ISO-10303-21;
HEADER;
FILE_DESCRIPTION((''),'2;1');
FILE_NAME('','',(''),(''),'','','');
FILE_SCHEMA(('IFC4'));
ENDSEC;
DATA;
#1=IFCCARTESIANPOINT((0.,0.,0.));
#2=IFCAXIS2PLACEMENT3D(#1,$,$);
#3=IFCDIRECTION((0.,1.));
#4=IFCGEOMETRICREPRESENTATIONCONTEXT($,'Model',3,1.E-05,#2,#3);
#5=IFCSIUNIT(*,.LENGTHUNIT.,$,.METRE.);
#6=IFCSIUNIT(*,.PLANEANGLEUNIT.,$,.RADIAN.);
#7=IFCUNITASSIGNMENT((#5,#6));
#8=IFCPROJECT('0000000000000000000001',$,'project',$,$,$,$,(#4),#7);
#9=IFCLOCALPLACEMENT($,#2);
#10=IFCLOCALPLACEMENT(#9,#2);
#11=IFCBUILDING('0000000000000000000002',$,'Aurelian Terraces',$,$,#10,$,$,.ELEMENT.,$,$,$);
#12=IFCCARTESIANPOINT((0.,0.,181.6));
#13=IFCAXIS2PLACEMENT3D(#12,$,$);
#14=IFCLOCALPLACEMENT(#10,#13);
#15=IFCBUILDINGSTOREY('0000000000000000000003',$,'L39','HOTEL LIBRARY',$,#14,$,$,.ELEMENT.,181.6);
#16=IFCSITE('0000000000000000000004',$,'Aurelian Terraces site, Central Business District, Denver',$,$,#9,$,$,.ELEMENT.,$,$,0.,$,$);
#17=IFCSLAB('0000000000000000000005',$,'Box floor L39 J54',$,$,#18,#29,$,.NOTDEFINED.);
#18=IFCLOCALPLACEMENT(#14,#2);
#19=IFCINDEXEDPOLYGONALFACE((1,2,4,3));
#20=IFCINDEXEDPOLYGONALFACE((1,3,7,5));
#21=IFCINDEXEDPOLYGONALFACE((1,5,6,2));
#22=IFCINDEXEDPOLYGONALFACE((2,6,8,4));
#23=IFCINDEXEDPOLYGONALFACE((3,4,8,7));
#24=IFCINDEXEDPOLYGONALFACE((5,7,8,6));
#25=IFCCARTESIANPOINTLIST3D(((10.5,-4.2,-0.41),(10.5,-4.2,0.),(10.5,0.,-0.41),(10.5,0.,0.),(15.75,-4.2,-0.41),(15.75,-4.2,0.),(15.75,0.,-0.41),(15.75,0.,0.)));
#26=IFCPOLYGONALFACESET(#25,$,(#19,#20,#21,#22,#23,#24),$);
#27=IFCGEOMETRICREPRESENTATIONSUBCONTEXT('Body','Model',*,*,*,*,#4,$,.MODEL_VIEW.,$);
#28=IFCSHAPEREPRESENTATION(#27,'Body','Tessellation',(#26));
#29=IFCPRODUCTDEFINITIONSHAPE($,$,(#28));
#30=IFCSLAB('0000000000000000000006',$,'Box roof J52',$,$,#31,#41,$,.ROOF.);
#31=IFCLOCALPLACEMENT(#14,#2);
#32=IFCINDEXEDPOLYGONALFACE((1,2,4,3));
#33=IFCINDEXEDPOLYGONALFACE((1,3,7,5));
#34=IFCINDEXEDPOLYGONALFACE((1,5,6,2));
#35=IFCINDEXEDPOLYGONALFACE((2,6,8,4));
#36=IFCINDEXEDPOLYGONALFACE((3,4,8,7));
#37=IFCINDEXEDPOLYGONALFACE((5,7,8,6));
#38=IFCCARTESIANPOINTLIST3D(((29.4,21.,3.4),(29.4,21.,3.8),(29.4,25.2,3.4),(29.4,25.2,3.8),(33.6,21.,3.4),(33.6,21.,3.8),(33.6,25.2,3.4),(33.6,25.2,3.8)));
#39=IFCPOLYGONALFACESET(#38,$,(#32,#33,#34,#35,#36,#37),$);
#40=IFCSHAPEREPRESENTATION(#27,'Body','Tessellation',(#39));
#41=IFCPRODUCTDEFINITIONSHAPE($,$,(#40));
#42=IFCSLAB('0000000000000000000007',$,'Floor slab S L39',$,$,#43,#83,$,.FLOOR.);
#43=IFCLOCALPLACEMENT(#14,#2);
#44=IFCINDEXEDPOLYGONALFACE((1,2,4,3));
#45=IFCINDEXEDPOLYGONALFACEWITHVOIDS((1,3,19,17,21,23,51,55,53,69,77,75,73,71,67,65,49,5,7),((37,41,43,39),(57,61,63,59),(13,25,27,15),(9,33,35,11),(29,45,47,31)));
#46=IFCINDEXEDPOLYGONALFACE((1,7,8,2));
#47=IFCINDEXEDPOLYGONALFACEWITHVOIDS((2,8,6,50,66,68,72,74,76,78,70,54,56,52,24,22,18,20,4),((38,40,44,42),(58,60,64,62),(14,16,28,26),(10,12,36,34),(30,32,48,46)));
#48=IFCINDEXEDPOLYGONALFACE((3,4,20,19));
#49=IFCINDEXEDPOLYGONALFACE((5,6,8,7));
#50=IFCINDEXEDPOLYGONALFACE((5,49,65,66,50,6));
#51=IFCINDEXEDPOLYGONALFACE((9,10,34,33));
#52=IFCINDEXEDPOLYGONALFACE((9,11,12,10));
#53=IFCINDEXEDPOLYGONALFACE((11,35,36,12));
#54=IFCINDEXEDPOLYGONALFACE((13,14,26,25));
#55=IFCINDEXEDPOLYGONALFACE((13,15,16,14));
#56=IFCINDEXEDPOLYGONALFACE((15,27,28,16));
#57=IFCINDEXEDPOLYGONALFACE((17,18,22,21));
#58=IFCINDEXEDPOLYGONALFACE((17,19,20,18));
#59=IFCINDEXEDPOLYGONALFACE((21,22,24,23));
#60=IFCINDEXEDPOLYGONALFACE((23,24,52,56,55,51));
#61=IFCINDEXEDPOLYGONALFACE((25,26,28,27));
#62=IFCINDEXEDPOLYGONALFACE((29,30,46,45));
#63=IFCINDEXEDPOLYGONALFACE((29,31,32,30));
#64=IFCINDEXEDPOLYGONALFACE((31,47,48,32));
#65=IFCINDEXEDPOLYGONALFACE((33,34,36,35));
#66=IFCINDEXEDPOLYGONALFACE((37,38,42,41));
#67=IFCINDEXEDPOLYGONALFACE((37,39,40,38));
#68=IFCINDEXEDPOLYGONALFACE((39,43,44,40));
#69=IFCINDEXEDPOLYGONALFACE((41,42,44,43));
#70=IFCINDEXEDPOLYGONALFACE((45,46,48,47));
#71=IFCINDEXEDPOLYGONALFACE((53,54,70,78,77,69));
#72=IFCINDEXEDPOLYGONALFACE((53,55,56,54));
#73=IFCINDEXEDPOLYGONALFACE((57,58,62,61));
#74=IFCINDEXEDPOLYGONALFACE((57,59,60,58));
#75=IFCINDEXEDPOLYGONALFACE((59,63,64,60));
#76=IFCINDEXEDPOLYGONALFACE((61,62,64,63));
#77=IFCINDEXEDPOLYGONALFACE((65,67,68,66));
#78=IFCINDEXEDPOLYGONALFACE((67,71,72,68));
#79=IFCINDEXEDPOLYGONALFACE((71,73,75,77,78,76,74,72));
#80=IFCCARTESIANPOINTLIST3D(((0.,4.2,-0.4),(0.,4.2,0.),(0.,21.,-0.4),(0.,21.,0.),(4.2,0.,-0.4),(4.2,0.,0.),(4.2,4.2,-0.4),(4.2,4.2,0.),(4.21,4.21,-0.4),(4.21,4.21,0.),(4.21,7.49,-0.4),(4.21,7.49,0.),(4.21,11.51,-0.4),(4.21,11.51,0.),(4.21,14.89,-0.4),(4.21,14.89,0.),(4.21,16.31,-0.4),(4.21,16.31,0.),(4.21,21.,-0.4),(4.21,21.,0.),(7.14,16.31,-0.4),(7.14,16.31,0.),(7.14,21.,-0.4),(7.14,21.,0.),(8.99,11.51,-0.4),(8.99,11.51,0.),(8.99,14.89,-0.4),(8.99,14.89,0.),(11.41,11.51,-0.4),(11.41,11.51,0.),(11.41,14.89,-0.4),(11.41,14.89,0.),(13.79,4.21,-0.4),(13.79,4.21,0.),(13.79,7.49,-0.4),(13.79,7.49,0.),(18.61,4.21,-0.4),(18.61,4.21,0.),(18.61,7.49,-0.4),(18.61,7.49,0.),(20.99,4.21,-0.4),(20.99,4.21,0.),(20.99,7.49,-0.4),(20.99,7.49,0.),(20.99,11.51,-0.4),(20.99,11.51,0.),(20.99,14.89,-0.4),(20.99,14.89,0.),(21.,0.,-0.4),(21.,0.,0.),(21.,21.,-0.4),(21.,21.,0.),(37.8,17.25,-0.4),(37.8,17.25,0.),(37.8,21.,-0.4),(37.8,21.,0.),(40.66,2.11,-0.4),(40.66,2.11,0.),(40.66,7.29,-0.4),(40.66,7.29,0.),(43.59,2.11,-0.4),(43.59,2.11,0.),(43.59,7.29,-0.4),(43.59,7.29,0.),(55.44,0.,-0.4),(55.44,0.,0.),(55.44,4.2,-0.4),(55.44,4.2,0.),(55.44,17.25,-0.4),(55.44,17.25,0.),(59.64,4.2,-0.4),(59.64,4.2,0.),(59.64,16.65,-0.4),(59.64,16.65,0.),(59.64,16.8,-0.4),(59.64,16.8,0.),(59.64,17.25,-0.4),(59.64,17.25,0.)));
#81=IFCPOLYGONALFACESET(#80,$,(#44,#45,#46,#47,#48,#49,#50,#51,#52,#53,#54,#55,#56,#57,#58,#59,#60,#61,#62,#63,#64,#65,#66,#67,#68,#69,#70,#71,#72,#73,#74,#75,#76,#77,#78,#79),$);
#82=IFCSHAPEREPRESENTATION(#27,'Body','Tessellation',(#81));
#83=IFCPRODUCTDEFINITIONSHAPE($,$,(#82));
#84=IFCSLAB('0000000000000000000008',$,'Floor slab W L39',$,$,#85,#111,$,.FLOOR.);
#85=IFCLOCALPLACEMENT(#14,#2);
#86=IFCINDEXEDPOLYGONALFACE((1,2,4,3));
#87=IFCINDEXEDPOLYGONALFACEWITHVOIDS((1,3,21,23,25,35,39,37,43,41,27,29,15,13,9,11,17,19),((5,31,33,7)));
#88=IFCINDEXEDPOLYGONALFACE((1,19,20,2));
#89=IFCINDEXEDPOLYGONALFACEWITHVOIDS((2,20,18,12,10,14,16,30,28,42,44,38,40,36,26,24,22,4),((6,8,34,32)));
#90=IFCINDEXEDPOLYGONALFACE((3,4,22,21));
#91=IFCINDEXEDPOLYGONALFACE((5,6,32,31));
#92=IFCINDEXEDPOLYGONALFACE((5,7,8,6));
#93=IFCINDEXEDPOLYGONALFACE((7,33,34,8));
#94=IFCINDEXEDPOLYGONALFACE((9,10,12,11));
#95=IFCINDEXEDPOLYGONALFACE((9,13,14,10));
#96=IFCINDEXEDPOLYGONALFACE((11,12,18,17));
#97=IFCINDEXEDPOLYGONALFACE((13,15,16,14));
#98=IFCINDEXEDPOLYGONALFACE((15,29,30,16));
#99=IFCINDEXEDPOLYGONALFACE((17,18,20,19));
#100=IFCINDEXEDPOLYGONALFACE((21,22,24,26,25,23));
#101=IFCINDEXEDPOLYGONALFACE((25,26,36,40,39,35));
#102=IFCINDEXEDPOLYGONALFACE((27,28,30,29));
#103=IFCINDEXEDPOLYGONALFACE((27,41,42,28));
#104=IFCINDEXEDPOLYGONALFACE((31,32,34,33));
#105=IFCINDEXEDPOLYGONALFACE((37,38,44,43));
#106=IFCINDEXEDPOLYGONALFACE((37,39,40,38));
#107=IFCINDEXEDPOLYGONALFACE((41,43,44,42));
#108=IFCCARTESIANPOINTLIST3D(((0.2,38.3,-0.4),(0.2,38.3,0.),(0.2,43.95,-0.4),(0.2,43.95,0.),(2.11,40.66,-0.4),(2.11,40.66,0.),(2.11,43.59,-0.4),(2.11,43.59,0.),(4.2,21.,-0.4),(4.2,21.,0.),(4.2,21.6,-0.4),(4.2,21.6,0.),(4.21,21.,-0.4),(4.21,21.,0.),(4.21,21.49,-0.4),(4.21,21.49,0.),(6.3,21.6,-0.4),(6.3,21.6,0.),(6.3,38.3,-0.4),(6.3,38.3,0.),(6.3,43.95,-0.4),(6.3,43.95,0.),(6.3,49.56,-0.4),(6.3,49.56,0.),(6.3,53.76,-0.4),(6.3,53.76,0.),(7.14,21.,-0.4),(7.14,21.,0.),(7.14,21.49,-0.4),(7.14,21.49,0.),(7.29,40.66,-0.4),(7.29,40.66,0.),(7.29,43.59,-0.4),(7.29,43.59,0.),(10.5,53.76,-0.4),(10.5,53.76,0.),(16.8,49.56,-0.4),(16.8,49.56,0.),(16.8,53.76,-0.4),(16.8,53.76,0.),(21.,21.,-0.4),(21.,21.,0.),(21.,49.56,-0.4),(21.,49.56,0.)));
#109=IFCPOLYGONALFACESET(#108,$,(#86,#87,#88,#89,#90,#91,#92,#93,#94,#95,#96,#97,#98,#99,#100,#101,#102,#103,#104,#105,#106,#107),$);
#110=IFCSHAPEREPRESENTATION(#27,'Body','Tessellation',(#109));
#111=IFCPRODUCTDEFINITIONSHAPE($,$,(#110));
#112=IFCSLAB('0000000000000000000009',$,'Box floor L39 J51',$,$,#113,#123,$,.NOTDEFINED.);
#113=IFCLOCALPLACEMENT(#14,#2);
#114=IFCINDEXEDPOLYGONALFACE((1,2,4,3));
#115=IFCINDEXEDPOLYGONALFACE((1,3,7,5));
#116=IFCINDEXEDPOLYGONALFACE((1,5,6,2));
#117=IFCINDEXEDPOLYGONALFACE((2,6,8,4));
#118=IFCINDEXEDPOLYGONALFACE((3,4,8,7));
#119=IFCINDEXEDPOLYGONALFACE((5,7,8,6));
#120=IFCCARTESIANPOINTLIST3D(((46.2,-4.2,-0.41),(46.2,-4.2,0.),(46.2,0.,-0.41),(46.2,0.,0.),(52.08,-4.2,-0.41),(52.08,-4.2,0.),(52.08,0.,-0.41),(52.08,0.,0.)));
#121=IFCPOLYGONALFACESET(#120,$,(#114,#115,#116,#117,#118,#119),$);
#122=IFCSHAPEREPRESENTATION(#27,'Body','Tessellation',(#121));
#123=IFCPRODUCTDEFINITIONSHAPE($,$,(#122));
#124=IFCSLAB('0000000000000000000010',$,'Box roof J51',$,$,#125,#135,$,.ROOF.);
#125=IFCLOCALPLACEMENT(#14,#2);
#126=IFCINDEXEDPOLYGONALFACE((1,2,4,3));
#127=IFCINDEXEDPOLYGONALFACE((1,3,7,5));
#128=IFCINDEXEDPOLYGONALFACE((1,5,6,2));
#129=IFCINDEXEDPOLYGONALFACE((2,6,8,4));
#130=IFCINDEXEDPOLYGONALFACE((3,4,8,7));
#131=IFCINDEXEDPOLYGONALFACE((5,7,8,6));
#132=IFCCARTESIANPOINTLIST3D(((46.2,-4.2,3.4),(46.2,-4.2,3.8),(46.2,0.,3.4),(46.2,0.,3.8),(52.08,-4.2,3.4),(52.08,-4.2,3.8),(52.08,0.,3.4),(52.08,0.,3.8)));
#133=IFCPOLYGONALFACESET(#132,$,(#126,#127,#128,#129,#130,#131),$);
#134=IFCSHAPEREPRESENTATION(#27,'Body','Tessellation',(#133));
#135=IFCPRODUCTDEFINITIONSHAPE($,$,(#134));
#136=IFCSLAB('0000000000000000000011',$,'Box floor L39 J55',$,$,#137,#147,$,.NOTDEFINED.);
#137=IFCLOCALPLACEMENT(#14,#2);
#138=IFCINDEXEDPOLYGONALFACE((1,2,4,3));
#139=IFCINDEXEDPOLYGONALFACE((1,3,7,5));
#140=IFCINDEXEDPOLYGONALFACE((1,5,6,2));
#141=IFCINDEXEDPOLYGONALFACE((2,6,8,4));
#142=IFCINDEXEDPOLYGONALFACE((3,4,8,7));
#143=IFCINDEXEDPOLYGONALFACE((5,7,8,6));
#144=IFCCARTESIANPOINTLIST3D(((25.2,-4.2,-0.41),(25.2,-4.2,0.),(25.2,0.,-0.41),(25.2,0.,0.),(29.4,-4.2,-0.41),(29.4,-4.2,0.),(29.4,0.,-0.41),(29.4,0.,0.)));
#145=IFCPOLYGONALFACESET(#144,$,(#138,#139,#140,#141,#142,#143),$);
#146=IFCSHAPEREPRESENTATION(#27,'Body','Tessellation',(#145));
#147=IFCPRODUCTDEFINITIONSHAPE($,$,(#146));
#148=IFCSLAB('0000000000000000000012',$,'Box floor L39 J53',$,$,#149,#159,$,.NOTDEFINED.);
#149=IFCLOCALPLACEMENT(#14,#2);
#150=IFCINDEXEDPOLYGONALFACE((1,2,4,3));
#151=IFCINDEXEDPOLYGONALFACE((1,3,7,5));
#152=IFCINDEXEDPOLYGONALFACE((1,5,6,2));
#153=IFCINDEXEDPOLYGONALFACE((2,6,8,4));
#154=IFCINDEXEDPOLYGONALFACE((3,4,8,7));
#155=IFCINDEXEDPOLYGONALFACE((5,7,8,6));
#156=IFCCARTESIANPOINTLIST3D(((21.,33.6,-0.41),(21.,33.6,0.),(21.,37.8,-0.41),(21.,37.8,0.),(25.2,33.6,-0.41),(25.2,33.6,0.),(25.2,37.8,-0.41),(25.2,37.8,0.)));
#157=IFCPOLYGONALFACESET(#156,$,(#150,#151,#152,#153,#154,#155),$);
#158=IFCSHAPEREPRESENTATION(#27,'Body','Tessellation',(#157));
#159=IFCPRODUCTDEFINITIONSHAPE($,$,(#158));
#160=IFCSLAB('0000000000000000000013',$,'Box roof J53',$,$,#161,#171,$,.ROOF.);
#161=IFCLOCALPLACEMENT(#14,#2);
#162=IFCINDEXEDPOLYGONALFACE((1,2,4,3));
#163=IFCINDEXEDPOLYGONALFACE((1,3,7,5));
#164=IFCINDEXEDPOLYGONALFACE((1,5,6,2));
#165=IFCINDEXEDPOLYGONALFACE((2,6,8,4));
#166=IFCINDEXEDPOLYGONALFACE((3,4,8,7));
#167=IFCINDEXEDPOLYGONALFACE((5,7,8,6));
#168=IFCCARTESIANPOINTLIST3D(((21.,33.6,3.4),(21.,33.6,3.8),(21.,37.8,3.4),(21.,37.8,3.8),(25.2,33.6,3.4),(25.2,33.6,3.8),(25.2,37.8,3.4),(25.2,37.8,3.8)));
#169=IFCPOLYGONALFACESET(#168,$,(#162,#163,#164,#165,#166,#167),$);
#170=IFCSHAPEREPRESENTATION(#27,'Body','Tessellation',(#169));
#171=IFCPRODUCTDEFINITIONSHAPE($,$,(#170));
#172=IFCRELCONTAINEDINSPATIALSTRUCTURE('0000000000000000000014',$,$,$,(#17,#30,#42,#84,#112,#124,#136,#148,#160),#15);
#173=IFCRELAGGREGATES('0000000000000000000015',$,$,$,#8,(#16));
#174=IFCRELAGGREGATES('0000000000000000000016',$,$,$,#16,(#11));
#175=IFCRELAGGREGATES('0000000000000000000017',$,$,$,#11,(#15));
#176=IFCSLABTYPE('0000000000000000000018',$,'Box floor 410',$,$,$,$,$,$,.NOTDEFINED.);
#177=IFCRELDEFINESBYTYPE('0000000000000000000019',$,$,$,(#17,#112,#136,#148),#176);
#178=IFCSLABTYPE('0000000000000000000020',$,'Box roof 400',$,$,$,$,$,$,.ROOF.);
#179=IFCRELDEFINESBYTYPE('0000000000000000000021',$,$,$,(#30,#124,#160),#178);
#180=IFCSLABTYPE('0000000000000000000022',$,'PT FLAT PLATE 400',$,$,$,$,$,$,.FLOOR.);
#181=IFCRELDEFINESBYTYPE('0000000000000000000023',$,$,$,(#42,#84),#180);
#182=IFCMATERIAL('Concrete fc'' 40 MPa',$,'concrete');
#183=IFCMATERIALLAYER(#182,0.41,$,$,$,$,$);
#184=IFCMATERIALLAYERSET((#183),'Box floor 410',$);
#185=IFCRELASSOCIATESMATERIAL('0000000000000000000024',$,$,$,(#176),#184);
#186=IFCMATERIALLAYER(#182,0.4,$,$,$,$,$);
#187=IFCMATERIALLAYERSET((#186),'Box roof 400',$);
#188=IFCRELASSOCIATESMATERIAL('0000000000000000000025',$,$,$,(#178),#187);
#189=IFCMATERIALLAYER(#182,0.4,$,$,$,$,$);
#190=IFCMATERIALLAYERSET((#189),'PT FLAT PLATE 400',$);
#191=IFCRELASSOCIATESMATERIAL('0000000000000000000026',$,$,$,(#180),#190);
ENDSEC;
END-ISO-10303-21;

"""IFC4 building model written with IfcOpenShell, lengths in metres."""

from ifc_helpers import new_model, si_unit, direction, frame, origin, place, context, subcontext, project, spatial, polyline, outline, extrude, source, transform, mapped, material, layer, layer_set, type_object, element, save


model = new_model("IFC4")

# Units and contexts
model_context = context("Model", 3, precision=1e-05, world=origin(), true_north=direction((0.0, 1.0)))
body_context = subcontext(model_context, "Body", "Model", "MODEL_VIEW")
ifc_project = project(units=[si_unit("LENGTHUNIT", "METRE"), si_unit("PLANEANGLEUNIT", "RADIAN")], contexts=[model_context])

# Site, building, storey
site_placement = place(None, origin())
site = spatial("IfcSite", under=ifc_project, at=site_placement, Name="Aurelian Terraces site, Central Business District, Denver", CompositionType="ELEMENT", RefElevation=0.0)
building_placement = place(site_placement, origin())
building = spatial("IfcBuilding", under=site, at=building_placement, Name="Aurelian Terraces", CompositionType="ELEMENT")
storey_placement = place(building_placement, frame((0.0, 0.0, 181.6)))
storey = spatial("IfcBuildingStorey", under=building, at=storey_placement, Name="L39", Description="HOTEL LIBRARY", CompositionType="ELEMENT", Elevation=181.6)

# Slabs
ifc_material_1 = material(Name="Concrete fc' 40 MPa", Category="concrete")
ifc_layer_1 = layer(ifc_material_1, 0.41)
ifc_layer_set_1 = layer_set([ifc_layer_1], Name="Box floor 410")
slab_type_1 = type_object("IfcSlabType", Name="Box floor 410", PredefinedType="NOTDEFINED", material=ifc_layer_set_1)
slab_1_placement = place(storey_placement, frame((0.0, 0.0, -0.41)))
element("IfcSlab", 1, at=slab_1_placement, inside=storey, type_object=slab_type_1, Name="Box floor L39 J54", PredefinedType="NOTDEFINED", context=body_context, shape_type="SweptSolid", body=[
    extrude(outline(polyline([(10.5, -4.2), (15.75, -4.2), (15.75, 0.0), (10.5, 0.0), (10.5, -4.2)])), origin(), (0.0, 0.0, 1.0), 0.41),
])
ifc_layer_2 = layer(ifc_material_1, 0.4)
ifc_layer_set_2 = layer_set([ifc_layer_2], Name="Box roof 400")
slab_type_2 = type_object("IfcSlabType", Name="Box roof 400", PredefinedType="ROOF", material=ifc_layer_set_2)
slab_2_placement = place(storey_placement, frame((0.0, 0.0, 3.4)))
element("IfcSlab", 2, at=slab_2_placement, inside=storey, type_object=slab_type_2, Name="Box roof J52", PredefinedType="ROOF", context=body_context, shape_type="SweptSolid", body=[
    extrude(outline(polyline([(33.6, 25.2), (29.4, 25.2), (29.4, 21.0), (33.6, 21.0), (33.6, 25.2)])), origin(), (0.0, 0.0, 1.0), 0.4),
])
ifc_layer_3 = layer(ifc_material_1, 0.4)
ifc_layer_set_3 = layer_set([ifc_layer_3], Name="PT FLAT PLATE 400")
slab_type_3 = type_object("IfcSlabType", Name="PT FLAT PLATE 400", PredefinedType="FLOOR", material=ifc_layer_set_3)
slab_3_placement = place(storey_placement, frame((0.0, 0.0, -0.4)))
element("IfcSlab", 3, at=slab_3_placement, inside=storey, type_object=slab_type_3, Name="Floor slab S L39", PredefinedType="FLOOR", context=body_context, shape_type="SweptSolid", body=[
    extrude(outline(polyline([(59.64, 4.2), (55.44, 4.2), (55.44, 0.0), (21.0, 0.0), (4.2, 0.0), (4.2, 4.2), (0.0, 4.2), (0.0, 21.0), (4.21, 21.0), (4.21, 16.31), (7.14, 16.31), (7.14, 21.0), (21.0, 21.0), (37.8, 21.0), (37.8, 17.25), (55.44, 17.25), (59.64, 17.25), (59.64, 16.8), (59.64, 16.65), (59.64, 4.2)]), holes=[polyline([(40.66, 2.11), (43.59, 2.11), (43.59, 7.29), (40.66, 7.29), (40.66, 2.11)]), polyline([(18.61, 7.49), (18.61, 4.21), (20.99, 4.21), (20.99, 7.49), (18.61, 7.49)]), polyline([(20.99, 14.89), (11.41, 14.89), (11.41, 11.51), (20.99, 11.51), (20.99, 14.89)]), polyline([(4.21, 7.49), (4.21, 4.21), (13.79, 4.21), (13.79, 7.49), (4.21, 7.49)]), polyline([(4.21, 14.89), (4.21, 11.51), (8.99, 11.51), (8.99, 14.89), (4.21, 14.89)])]), origin(), (0.0, 0.0, 1.0), 0.4),
])
shared_shape_1 = source(origin(), body_context, "Body", "SweptSolid", [
    extrude(outline(polyline([(0.2, 43.95), (6.3, 43.95), (6.3, 49.56), (6.3, 53.76), (10.5, 53.76), (16.8, 53.76), (16.8, 49.56), (21.0, 49.56), (21.0, 21.0), (7.14, 21.0), (7.14, 21.49), (4.21, 21.49), (4.21, 21.0), (4.2, 21.0), (4.2, 21.6), (6.3, 21.6), (6.3, 38.3), (0.2, 38.3), (0.2, 43.95)]), holes=[polyline([(7.29, 43.59), (2.11, 43.59), (2.11, 40.66), (7.29, 40.66), (7.29, 43.59)])]), origin(), (0.0, 0.0, 1.0), 0.4),
])
slab_4_placement = place(storey_placement, frame((0.0, 0.0, -0.4)))
element("IfcSlab", 4, at=slab_4_placement, inside=storey, type_object=slab_type_3, Name="Floor slab W L39", PredefinedType="FLOOR", context=body_context, shape_type="MappedRepresentation", body=[
    mapped(shared_shape_1, transform((0.0, 0.0, 0.0), scale=1.0)),
])
shared_shape_2 = source(origin(), body_context, "Body", "SweptSolid", [
    extrude(outline(polyline([(46.2, -4.2), (52.08, -4.2), (52.08, 0.0), (46.2, 0.0), (46.2, -4.2)])), origin(), (0.0, 0.0, 1.0), 0.41),
])
slab_5_placement = place(storey_placement, frame((0.0, 0.0, -0.41)))
element("IfcSlab", 5, at=slab_5_placement, inside=storey, type_object=slab_type_1, Name="Box floor L39 J51", PredefinedType="NOTDEFINED", context=body_context, shape_type="MappedRepresentation", body=[
    mapped(shared_shape_2, transform((0.0, 0.0, 0.0), scale=1.0)),
])
shared_shape_3 = source(origin(), body_context, "Body", "SweptSolid", [
    extrude(outline(polyline([(46.2, -4.2), (52.08, -4.2), (52.08, 0.0), (46.2, 0.0), (46.2, -4.2)])), origin(), (0.0, 0.0, 1.0), 0.4),
])
slab_6_placement = place(storey_placement, frame((0.0, 0.0, 3.4)))
element("IfcSlab", 6, at=slab_6_placement, inside=storey, type_object=slab_type_2, Name="Box roof J51", PredefinedType="ROOF", context=body_context, shape_type="MappedRepresentation", body=[
    mapped(shared_shape_3, transform((0.0, 0.0, 0.0), scale=1.0)),
])
shared_shape_4 = source(origin(), body_context, "Body", "SweptSolid", [
    extrude(outline(polyline([(25.2, -4.2), (29.4, -4.2), (29.4, 0.0), (25.2, 0.0), (25.2, -4.2)])), origin(), (0.0, 0.0, 1.0), 0.41),
])
slab_7_placement = place(storey_placement, frame((0.0, 0.0, -0.41)))
element("IfcSlab", 7, at=slab_7_placement, inside=storey, type_object=slab_type_1, Name="Box floor L39 J55", PredefinedType="NOTDEFINED", context=body_context, shape_type="MappedRepresentation", body=[
    mapped(shared_shape_4, transform((0.0, 0.0, 0.0), scale=1.0)),
])
shared_shape_5 = source(origin(), body_context, "Body", "SweptSolid", [
    extrude(outline(polyline([(25.2, 33.6), (25.2, 37.8), (21.0, 37.8), (21.0, 33.6), (25.2, 33.6)])), origin(), (0.0, 0.0, 1.0), 0.41),
])
slab_8_placement = place(storey_placement, frame((0.0, 0.0, -0.41)))
element("IfcSlab", 8, at=slab_8_placement, inside=storey, type_object=slab_type_1, Name="Box floor L39 J53", PredefinedType="NOTDEFINED", context=body_context, shape_type="MappedRepresentation", body=[
    mapped(shared_shape_5, transform((0.0, 0.0, 0.0), scale=1.0)),
])
shared_shape_6 = source(origin(), body_context, "Body", "SweptSolid", [
    extrude(outline(polyline([(25.2, 33.6), (25.2, 37.8), (21.0, 37.8), (21.0, 33.6), (25.2, 33.6)])), origin(), (0.0, 0.0, 1.0), 0.4),
])
slab_9_placement = place(storey_placement, frame((0.0, 0.0, 3.4)))
element("IfcSlab", 9, at=slab_9_placement, inside=storey, type_object=slab_type_2, Name="Box roof J53", PredefinedType="ROOF", context=body_context, shape_type="MappedRepresentation", body=[
    mapped(shared_shape_6, transform((0.0, 0.0, 0.0), scale=1.0)),
])

save(model, "model.ifc")
